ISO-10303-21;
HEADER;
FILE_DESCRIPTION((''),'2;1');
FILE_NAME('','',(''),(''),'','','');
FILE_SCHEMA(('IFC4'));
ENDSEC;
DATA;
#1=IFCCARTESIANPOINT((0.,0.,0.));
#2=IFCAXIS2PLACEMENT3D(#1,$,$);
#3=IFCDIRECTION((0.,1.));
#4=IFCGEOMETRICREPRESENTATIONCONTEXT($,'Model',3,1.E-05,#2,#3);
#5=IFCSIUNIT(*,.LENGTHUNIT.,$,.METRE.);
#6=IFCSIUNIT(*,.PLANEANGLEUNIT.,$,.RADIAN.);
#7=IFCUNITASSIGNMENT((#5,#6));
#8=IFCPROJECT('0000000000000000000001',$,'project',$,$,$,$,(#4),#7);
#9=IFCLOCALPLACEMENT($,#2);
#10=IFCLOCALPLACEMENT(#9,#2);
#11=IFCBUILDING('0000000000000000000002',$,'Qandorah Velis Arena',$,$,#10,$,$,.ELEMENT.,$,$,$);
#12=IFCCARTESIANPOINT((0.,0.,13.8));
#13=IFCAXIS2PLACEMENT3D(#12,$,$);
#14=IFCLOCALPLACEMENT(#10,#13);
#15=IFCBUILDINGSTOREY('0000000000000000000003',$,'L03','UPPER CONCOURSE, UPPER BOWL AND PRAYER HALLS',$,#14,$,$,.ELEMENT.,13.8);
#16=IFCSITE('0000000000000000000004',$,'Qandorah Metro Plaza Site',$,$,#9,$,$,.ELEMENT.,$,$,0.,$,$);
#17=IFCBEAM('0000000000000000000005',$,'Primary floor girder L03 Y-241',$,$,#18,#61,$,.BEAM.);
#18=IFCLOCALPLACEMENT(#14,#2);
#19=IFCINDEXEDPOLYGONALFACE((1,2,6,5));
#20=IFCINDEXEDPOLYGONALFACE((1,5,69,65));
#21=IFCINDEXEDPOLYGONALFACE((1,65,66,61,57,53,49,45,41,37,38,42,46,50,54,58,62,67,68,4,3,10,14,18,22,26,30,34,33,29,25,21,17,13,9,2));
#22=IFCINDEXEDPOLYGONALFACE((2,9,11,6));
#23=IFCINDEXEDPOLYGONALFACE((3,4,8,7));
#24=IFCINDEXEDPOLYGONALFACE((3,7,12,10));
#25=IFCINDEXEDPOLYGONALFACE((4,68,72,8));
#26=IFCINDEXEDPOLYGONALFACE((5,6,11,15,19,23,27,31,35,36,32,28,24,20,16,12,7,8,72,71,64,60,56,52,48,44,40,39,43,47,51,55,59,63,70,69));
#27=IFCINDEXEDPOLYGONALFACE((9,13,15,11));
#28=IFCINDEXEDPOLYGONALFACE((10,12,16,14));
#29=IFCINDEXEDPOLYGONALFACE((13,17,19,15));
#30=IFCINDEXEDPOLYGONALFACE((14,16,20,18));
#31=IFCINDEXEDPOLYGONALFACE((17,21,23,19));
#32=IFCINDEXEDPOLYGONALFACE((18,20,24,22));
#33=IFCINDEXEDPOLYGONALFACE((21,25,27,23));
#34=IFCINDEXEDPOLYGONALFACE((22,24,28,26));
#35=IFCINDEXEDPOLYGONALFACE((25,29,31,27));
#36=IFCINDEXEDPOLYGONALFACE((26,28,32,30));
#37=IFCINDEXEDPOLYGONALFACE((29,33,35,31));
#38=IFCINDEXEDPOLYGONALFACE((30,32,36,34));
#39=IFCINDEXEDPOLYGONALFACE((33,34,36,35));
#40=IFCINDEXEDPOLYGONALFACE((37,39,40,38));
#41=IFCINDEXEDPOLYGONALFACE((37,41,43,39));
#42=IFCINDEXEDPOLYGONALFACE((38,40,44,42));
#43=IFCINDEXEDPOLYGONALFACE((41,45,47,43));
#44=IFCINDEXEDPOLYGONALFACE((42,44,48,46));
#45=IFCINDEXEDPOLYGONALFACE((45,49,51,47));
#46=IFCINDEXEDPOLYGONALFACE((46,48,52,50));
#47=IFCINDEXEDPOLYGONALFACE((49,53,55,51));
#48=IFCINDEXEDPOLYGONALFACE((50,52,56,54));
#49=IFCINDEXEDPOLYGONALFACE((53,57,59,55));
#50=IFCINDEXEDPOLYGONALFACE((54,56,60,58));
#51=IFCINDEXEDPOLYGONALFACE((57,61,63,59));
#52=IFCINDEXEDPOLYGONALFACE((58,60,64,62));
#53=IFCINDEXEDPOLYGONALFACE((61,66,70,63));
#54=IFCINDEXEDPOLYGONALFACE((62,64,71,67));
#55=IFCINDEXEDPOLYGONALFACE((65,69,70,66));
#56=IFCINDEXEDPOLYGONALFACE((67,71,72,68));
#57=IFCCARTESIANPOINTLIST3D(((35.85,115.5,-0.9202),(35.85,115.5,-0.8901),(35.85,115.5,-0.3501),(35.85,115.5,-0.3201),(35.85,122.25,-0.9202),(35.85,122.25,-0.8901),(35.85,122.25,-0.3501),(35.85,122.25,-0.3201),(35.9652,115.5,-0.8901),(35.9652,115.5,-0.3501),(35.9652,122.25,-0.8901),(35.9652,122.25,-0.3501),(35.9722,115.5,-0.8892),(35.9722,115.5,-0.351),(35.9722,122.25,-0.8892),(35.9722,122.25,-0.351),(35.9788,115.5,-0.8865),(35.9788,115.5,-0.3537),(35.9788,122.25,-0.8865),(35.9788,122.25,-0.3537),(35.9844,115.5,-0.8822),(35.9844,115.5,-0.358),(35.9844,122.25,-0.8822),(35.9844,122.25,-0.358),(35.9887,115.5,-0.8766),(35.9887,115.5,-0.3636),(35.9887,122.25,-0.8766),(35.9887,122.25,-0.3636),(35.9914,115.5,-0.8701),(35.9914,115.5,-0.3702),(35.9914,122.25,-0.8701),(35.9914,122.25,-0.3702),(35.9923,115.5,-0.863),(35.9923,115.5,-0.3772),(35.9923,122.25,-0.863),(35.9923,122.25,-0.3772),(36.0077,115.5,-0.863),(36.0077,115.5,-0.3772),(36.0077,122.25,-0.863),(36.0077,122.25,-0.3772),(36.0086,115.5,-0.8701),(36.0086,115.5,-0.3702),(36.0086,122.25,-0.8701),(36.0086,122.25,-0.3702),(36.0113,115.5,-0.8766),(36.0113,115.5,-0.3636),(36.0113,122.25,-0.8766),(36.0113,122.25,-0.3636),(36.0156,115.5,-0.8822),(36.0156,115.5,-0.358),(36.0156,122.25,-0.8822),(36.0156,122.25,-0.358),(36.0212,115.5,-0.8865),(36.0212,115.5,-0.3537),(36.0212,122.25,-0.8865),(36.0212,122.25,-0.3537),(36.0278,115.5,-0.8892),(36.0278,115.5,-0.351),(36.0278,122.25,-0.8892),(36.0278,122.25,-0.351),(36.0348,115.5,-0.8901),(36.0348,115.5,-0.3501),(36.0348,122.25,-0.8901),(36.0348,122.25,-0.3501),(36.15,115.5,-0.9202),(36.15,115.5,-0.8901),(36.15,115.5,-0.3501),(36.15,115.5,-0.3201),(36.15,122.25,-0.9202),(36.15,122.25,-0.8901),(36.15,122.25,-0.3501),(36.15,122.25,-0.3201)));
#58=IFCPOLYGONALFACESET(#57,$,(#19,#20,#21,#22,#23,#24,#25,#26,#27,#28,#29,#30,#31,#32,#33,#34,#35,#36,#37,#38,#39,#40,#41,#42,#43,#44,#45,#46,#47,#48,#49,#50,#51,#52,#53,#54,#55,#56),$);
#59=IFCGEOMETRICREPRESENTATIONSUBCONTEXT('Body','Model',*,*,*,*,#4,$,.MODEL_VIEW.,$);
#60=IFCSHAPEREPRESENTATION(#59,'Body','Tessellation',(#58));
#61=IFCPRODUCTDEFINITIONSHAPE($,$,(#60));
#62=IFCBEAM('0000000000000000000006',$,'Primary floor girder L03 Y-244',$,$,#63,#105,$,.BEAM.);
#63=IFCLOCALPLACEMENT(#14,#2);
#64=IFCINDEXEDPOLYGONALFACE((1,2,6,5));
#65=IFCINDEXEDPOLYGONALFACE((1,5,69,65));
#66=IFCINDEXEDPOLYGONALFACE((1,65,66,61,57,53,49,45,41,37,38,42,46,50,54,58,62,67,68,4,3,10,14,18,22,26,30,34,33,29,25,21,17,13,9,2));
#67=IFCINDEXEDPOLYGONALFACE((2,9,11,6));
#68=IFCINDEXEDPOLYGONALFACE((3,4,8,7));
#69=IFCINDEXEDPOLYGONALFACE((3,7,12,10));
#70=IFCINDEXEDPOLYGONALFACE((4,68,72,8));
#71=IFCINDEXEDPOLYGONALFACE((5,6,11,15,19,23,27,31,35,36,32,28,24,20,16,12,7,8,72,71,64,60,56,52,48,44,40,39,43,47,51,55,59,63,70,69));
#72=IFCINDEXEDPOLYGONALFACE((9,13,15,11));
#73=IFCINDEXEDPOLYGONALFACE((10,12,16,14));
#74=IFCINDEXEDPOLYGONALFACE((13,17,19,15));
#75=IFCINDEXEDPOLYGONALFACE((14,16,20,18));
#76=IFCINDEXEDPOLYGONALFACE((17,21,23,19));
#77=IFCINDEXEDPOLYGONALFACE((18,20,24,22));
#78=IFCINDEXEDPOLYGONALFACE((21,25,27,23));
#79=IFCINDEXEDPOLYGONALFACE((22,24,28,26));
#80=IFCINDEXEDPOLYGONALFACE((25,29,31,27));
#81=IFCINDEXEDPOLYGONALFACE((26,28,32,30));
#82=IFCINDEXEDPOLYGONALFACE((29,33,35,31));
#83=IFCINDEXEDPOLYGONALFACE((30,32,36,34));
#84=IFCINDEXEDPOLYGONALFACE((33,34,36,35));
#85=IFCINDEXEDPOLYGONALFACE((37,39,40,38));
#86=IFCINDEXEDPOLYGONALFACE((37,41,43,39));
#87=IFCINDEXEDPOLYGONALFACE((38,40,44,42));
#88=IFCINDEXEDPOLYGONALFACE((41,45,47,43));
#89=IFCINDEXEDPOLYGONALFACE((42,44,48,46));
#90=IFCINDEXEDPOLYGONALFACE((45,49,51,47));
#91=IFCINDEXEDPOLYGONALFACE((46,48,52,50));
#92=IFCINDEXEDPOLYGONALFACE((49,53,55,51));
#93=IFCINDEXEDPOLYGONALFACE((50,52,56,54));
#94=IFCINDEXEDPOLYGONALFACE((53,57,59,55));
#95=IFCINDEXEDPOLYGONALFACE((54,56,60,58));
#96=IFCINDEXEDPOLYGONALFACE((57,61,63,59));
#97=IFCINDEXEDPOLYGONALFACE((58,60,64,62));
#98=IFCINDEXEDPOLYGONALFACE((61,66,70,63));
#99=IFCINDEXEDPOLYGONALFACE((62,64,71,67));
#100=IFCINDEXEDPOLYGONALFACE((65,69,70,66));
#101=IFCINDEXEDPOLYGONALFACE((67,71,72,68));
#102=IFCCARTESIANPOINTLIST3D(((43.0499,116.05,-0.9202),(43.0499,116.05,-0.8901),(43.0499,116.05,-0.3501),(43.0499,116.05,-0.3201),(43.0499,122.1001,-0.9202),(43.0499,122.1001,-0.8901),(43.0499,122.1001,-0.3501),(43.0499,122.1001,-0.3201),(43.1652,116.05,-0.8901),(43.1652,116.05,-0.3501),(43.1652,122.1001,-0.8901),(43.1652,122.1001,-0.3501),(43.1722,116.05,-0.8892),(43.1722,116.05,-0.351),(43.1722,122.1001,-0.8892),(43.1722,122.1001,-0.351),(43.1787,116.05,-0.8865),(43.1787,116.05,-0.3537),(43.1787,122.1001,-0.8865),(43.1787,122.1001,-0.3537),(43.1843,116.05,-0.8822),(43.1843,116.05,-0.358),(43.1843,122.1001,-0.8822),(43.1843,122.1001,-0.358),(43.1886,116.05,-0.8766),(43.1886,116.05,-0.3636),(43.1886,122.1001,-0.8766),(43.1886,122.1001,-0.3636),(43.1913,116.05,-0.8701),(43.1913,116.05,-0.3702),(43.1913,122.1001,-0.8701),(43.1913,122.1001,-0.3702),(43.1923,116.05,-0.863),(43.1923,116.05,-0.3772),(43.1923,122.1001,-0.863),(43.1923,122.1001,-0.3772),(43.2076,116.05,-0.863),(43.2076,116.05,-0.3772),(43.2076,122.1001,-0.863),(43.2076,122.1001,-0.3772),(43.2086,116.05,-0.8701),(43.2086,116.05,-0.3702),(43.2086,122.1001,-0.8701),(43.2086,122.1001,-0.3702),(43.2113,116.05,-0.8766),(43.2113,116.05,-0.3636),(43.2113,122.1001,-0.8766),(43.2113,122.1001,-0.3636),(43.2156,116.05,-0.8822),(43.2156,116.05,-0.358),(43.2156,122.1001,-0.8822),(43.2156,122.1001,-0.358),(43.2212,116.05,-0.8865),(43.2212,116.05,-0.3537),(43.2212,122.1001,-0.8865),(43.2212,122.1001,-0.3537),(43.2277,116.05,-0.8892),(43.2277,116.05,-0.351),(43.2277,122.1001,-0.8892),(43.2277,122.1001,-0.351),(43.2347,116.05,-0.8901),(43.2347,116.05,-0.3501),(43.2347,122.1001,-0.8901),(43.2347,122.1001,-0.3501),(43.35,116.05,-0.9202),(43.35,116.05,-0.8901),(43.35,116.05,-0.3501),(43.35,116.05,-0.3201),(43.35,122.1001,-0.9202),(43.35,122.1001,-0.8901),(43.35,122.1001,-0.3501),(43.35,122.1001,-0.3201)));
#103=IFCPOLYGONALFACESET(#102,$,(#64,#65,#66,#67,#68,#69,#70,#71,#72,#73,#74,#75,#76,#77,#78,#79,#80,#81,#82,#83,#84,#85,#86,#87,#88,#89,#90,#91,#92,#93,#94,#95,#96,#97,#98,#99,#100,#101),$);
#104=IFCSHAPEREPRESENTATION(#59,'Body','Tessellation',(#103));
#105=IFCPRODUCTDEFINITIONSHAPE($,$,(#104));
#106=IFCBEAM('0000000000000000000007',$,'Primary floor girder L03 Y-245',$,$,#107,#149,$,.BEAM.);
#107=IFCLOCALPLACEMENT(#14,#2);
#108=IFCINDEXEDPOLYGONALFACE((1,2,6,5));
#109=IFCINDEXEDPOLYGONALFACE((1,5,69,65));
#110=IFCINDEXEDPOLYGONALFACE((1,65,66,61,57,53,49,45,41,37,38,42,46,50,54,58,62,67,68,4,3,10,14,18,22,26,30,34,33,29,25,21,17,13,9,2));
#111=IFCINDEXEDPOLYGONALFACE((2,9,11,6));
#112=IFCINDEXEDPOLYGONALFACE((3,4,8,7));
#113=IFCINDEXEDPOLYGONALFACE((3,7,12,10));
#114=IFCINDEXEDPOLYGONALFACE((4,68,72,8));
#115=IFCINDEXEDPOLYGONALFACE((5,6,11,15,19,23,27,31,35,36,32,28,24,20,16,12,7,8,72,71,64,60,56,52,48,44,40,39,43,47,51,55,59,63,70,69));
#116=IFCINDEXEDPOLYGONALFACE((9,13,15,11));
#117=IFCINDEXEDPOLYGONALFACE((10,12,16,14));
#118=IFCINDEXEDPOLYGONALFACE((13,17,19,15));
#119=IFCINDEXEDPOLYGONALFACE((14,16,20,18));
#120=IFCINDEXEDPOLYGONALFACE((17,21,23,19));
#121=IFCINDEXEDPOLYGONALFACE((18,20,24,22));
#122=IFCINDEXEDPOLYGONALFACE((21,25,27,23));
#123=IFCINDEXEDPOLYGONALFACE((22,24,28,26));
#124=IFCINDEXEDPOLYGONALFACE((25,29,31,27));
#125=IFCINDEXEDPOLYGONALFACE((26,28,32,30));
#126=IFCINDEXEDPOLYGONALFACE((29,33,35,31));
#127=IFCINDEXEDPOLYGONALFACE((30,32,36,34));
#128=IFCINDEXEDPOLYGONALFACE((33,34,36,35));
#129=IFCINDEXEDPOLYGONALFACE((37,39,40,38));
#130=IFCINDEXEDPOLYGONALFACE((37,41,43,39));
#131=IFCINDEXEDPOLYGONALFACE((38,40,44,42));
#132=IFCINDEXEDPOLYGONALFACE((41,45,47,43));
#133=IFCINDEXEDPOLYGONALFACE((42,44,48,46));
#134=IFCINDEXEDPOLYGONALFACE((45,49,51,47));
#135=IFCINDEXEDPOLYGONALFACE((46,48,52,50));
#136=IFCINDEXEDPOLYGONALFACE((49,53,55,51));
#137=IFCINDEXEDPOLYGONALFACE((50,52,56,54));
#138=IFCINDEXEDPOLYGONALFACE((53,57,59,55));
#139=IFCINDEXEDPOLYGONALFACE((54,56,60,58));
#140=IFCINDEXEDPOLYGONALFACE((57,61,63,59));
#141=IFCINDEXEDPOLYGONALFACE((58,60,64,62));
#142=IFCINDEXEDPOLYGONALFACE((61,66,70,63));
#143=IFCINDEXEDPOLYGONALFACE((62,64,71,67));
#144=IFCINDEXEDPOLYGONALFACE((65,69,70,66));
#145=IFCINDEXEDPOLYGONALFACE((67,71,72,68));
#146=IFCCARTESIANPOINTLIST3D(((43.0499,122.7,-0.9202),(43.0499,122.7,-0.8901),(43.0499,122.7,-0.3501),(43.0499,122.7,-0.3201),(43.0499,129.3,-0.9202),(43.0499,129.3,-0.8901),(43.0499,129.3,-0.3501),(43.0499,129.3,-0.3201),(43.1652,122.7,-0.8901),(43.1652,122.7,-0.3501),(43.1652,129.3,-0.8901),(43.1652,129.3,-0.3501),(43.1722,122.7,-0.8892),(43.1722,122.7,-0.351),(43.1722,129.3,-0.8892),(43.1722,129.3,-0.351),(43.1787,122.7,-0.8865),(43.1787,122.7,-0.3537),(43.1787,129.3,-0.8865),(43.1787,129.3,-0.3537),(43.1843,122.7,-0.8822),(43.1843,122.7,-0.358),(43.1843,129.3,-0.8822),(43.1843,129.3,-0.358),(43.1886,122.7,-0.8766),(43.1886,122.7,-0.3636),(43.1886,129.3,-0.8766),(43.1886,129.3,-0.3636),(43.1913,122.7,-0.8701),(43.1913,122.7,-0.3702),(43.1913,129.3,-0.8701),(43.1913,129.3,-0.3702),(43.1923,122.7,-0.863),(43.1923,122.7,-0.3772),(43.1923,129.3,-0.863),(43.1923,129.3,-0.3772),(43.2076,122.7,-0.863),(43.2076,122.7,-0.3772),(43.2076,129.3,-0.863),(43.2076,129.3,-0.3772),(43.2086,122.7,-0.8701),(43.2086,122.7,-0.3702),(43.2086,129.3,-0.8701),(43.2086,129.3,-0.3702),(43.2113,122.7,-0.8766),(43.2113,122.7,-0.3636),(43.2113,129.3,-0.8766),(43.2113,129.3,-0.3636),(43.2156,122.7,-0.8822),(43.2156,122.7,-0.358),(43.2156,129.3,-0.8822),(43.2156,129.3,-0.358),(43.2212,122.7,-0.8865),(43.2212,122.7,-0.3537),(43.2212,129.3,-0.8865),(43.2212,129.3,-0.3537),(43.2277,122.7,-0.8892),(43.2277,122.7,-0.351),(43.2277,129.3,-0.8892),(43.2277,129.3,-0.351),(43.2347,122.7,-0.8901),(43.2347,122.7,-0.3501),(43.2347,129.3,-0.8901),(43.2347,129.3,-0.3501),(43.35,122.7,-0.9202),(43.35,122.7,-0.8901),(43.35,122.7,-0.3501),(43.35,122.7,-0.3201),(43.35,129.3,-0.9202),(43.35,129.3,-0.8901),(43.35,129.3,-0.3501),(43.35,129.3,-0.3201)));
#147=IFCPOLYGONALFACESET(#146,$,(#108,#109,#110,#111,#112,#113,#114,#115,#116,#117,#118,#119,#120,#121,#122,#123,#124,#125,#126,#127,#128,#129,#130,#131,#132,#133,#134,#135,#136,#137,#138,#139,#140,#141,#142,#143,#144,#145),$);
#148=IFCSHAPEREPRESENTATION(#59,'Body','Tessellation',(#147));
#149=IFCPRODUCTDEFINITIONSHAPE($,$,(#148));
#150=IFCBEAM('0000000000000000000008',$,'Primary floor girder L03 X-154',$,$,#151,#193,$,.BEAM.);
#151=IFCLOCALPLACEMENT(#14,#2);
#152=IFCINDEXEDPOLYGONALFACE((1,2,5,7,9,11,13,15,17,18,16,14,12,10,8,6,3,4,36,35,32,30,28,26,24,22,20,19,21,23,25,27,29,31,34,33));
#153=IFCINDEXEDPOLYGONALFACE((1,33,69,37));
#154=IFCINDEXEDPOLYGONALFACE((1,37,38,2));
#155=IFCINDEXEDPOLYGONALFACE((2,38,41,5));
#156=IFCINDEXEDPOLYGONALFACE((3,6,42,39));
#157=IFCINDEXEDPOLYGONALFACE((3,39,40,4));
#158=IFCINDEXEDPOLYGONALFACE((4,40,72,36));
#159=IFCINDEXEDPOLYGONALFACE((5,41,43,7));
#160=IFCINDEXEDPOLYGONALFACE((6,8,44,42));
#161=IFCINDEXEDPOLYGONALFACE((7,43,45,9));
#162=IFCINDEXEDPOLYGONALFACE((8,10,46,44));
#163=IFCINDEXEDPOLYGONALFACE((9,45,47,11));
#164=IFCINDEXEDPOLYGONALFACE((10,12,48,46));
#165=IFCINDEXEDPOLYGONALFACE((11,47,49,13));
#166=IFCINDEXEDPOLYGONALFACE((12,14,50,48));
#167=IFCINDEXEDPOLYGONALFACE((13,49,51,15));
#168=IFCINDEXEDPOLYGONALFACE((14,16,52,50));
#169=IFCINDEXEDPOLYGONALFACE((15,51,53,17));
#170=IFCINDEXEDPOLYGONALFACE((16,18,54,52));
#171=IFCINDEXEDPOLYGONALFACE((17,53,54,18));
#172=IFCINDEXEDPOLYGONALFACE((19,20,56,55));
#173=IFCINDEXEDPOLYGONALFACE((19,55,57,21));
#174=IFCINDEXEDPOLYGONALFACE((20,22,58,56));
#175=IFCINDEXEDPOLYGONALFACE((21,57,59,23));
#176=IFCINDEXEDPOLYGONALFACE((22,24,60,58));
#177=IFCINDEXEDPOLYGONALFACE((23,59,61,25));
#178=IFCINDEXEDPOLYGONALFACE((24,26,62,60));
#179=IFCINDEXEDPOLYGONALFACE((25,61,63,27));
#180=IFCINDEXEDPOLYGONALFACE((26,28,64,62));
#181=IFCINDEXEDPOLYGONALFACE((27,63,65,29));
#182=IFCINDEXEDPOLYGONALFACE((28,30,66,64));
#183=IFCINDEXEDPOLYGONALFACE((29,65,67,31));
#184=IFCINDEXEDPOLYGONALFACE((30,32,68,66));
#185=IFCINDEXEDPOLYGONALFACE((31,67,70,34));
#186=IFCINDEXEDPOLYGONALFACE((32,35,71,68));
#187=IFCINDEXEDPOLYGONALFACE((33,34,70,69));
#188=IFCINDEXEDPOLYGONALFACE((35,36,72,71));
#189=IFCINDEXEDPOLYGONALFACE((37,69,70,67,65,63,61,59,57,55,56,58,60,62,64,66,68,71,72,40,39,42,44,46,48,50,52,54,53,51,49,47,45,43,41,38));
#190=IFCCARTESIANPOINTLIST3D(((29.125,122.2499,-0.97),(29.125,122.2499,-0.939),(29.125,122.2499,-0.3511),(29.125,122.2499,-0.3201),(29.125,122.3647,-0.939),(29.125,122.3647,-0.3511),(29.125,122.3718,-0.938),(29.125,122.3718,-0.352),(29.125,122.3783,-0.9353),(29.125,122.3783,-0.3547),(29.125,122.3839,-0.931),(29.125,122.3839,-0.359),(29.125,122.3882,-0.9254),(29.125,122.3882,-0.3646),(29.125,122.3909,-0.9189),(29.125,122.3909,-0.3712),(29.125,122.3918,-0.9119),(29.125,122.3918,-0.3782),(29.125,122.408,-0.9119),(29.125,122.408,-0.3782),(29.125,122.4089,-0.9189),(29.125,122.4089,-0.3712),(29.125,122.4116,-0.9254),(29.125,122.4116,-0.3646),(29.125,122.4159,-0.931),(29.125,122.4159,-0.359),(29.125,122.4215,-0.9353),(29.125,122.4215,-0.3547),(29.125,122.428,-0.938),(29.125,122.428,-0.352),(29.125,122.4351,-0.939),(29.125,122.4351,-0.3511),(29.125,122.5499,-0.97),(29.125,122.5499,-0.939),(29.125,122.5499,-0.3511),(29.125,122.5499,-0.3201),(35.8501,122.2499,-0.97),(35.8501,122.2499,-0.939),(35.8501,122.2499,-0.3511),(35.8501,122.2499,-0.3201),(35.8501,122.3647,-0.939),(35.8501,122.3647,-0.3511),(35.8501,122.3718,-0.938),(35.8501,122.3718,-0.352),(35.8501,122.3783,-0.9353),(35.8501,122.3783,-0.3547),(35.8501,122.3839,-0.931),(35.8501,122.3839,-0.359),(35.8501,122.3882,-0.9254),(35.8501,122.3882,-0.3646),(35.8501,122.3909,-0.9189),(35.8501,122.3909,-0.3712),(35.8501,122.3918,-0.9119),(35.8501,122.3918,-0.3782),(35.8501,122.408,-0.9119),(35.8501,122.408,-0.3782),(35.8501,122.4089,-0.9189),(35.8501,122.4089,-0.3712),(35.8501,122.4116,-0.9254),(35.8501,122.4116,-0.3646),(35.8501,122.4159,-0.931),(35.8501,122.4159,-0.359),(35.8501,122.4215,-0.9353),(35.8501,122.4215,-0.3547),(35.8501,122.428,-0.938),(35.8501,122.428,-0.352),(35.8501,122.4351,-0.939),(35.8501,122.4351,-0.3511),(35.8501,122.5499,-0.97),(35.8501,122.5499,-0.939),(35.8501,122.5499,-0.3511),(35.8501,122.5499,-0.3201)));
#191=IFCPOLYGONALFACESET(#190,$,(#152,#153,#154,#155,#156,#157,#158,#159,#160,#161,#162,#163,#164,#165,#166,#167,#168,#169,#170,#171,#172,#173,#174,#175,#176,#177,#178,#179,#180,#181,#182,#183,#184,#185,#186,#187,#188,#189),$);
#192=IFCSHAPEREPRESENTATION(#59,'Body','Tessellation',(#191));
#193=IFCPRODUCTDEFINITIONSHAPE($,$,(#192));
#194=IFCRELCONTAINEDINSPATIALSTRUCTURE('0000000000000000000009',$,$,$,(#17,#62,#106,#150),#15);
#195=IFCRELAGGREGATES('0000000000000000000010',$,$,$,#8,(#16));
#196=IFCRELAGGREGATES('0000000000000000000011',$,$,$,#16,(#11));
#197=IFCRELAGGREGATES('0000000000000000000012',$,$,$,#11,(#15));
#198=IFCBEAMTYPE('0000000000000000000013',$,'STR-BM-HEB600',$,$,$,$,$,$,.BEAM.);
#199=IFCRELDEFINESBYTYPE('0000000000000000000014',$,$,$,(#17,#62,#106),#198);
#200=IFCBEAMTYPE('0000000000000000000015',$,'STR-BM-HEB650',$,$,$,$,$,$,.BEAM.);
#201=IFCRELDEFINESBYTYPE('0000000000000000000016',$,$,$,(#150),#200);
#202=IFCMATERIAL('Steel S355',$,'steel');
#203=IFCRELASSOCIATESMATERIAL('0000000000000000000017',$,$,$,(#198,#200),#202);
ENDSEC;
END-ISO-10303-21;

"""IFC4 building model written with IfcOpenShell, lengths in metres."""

from ifc_helpers import new_model, si_unit, direction, frame, origin, origin_2d, place, context, subcontext, project, spatial, i_section, extrude, material, material_profile, profile_set, type_object, element, save


model = new_model("IFC4")

# Units and contexts
model_context = context("Model", 3, precision=1e-05, world=origin(), true_north=direction((0.0, 1.0)))
body_context = subcontext(model_context, "Body", "Model", "MODEL_VIEW")
ifc_project = project(units=[si_unit("LENGTHUNIT", "METRE"), si_unit("PLANEANGLEUNIT", "RADIAN")], contexts=[model_context])

# Site, building, storey
site_placement = place(None, origin())
site = spatial("IfcSite", under=ifc_project, at=site_placement, Name="Qandorah Metro Plaza Site", CompositionType="ELEMENT", RefElevation=0.0)
building_placement = place(site_placement, origin())
building = spatial("IfcBuilding", under=site, at=building_placement, Name="Qandorah Velis Arena", CompositionType="ELEMENT")
storey_placement = place(building_placement, frame((0.0, 0.0, 13.8)))
storey = spatial("IfcBuildingStorey", under=building, at=storey_placement, Name="L03", Description="UPPER CONCOURSE, UPPER BOWL AND PRAYER HALLS", CompositionType="ELEMENT", Elevation=13.8)

# Beams
ifc_material_1 = material(Name="Steel S355", Category="steel")
ifc_material_profile_1 = material_profile(ifc_material_1, i_section(OverallWidth=0.3, OverallDepth=0.6001, WebThickness=0.0154, FlangeThickness=0.03, FilletRadius=0.0271, at=origin_2d()), Name="HEB 600")
ifc_profile_set_1 = profile_set([ifc_material_profile_1], Name="Steel S355")
beam_type_1 = type_object("IfcBeamType", Name="STR-BM-HEB600", PredefinedType="BEAM", material=ifc_profile_set_1)
beam_1_placement = place(storey_placement, frame((36.0, 115.5, -0.6201), z_axis=(0.0, 1.0, 0.0), x_axis=(-1.0, 0.0, 0.0)))
element("IfcBeam", 1, at=beam_1_placement, inside=storey, type_object=beam_type_1, Name="Primary floor girder L03 Y-241", PredefinedType="BEAM", context=body_context, shape_type="SweptSolid", body=[
    extrude(i_section(OverallWidth=0.3, OverallDepth=0.6001, WebThickness=0.0154, FlangeThickness=0.03, FilletRadius=0.0271, at=origin_2d()), origin(), (0.0, 0.0, 1.0), 6.75),
])
beam_2_placement = place(storey_placement, frame((43.2, 116.05, -0.6201), z_axis=(0.0, 1.0, 0.0), x_axis=(-1.0, 0.0, 0.0)))
element("IfcBeam", 2, at=beam_2_placement, inside=storey, type_object=beam_type_1, Name="Primary floor girder L03 Y-244", PredefinedType="BEAM", context=body_context, shape_type="SweptSolid", body=[
    extrude(i_section(OverallWidth=0.3, OverallDepth=0.6001, WebThickness=0.0154, FlangeThickness=0.03, FilletRadius=0.0271, at=origin_2d()), origin(), (0.0, 0.0, 1.0), 6.05),
])
beam_3_placement = place(storey_placement, frame((43.2, 122.7, -0.6201), z_axis=(0.0, 1.0, 0.0), x_axis=(-1.0, 0.0, 0.0)))
element("IfcBeam", 3, at=beam_3_placement, inside=storey, type_object=beam_type_1, Name="Primary floor girder L03 Y-245", PredefinedType="BEAM", context=body_context, shape_type="SweptSolid", body=[
    extrude(i_section(OverallWidth=0.3, OverallDepth=0.6001, WebThickness=0.0154, FlangeThickness=0.03, FilletRadius=0.0271, at=origin_2d()), origin(), (0.0, 0.0, 1.0), 6.6001),
])
ifc_material_profile_2 = material_profile(ifc_material_1, i_section(OverallWidth=0.3, OverallDepth=0.6499, WebThickness=0.0161, FlangeThickness=0.031, FilletRadius=0.0271, at=origin_2d()), Name="HEB 650")
ifc_profile_set_2 = profile_set([ifc_material_profile_2], Name="Steel S355")
beam_type_2 = type_object("IfcBeamType", Name="STR-BM-HEB650", PredefinedType="BEAM", material=ifc_profile_set_2)
beam_4_placement = place(storey_placement, frame((29.125, 122.3999, -0.645), z_axis=(1.0, 0.0, 0.0), x_axis=(0.0, 1.0, 0.0)))
element("IfcBeam", 4, at=beam_4_placement, inside=storey, type_object=beam_type_2, Name="Primary floor girder L03 X-154", PredefinedType="BEAM", context=body_context, shape_type="SweptSolid", body=[
    extrude(i_section(OverallWidth=0.3, OverallDepth=0.6499, WebThickness=0.0161, FlangeThickness=0.031, FilletRadius=0.0271, at=origin_2d()), origin(), (0.0, 0.0, 1.0), 6.7251),
])

save(model, "model.ifc")
